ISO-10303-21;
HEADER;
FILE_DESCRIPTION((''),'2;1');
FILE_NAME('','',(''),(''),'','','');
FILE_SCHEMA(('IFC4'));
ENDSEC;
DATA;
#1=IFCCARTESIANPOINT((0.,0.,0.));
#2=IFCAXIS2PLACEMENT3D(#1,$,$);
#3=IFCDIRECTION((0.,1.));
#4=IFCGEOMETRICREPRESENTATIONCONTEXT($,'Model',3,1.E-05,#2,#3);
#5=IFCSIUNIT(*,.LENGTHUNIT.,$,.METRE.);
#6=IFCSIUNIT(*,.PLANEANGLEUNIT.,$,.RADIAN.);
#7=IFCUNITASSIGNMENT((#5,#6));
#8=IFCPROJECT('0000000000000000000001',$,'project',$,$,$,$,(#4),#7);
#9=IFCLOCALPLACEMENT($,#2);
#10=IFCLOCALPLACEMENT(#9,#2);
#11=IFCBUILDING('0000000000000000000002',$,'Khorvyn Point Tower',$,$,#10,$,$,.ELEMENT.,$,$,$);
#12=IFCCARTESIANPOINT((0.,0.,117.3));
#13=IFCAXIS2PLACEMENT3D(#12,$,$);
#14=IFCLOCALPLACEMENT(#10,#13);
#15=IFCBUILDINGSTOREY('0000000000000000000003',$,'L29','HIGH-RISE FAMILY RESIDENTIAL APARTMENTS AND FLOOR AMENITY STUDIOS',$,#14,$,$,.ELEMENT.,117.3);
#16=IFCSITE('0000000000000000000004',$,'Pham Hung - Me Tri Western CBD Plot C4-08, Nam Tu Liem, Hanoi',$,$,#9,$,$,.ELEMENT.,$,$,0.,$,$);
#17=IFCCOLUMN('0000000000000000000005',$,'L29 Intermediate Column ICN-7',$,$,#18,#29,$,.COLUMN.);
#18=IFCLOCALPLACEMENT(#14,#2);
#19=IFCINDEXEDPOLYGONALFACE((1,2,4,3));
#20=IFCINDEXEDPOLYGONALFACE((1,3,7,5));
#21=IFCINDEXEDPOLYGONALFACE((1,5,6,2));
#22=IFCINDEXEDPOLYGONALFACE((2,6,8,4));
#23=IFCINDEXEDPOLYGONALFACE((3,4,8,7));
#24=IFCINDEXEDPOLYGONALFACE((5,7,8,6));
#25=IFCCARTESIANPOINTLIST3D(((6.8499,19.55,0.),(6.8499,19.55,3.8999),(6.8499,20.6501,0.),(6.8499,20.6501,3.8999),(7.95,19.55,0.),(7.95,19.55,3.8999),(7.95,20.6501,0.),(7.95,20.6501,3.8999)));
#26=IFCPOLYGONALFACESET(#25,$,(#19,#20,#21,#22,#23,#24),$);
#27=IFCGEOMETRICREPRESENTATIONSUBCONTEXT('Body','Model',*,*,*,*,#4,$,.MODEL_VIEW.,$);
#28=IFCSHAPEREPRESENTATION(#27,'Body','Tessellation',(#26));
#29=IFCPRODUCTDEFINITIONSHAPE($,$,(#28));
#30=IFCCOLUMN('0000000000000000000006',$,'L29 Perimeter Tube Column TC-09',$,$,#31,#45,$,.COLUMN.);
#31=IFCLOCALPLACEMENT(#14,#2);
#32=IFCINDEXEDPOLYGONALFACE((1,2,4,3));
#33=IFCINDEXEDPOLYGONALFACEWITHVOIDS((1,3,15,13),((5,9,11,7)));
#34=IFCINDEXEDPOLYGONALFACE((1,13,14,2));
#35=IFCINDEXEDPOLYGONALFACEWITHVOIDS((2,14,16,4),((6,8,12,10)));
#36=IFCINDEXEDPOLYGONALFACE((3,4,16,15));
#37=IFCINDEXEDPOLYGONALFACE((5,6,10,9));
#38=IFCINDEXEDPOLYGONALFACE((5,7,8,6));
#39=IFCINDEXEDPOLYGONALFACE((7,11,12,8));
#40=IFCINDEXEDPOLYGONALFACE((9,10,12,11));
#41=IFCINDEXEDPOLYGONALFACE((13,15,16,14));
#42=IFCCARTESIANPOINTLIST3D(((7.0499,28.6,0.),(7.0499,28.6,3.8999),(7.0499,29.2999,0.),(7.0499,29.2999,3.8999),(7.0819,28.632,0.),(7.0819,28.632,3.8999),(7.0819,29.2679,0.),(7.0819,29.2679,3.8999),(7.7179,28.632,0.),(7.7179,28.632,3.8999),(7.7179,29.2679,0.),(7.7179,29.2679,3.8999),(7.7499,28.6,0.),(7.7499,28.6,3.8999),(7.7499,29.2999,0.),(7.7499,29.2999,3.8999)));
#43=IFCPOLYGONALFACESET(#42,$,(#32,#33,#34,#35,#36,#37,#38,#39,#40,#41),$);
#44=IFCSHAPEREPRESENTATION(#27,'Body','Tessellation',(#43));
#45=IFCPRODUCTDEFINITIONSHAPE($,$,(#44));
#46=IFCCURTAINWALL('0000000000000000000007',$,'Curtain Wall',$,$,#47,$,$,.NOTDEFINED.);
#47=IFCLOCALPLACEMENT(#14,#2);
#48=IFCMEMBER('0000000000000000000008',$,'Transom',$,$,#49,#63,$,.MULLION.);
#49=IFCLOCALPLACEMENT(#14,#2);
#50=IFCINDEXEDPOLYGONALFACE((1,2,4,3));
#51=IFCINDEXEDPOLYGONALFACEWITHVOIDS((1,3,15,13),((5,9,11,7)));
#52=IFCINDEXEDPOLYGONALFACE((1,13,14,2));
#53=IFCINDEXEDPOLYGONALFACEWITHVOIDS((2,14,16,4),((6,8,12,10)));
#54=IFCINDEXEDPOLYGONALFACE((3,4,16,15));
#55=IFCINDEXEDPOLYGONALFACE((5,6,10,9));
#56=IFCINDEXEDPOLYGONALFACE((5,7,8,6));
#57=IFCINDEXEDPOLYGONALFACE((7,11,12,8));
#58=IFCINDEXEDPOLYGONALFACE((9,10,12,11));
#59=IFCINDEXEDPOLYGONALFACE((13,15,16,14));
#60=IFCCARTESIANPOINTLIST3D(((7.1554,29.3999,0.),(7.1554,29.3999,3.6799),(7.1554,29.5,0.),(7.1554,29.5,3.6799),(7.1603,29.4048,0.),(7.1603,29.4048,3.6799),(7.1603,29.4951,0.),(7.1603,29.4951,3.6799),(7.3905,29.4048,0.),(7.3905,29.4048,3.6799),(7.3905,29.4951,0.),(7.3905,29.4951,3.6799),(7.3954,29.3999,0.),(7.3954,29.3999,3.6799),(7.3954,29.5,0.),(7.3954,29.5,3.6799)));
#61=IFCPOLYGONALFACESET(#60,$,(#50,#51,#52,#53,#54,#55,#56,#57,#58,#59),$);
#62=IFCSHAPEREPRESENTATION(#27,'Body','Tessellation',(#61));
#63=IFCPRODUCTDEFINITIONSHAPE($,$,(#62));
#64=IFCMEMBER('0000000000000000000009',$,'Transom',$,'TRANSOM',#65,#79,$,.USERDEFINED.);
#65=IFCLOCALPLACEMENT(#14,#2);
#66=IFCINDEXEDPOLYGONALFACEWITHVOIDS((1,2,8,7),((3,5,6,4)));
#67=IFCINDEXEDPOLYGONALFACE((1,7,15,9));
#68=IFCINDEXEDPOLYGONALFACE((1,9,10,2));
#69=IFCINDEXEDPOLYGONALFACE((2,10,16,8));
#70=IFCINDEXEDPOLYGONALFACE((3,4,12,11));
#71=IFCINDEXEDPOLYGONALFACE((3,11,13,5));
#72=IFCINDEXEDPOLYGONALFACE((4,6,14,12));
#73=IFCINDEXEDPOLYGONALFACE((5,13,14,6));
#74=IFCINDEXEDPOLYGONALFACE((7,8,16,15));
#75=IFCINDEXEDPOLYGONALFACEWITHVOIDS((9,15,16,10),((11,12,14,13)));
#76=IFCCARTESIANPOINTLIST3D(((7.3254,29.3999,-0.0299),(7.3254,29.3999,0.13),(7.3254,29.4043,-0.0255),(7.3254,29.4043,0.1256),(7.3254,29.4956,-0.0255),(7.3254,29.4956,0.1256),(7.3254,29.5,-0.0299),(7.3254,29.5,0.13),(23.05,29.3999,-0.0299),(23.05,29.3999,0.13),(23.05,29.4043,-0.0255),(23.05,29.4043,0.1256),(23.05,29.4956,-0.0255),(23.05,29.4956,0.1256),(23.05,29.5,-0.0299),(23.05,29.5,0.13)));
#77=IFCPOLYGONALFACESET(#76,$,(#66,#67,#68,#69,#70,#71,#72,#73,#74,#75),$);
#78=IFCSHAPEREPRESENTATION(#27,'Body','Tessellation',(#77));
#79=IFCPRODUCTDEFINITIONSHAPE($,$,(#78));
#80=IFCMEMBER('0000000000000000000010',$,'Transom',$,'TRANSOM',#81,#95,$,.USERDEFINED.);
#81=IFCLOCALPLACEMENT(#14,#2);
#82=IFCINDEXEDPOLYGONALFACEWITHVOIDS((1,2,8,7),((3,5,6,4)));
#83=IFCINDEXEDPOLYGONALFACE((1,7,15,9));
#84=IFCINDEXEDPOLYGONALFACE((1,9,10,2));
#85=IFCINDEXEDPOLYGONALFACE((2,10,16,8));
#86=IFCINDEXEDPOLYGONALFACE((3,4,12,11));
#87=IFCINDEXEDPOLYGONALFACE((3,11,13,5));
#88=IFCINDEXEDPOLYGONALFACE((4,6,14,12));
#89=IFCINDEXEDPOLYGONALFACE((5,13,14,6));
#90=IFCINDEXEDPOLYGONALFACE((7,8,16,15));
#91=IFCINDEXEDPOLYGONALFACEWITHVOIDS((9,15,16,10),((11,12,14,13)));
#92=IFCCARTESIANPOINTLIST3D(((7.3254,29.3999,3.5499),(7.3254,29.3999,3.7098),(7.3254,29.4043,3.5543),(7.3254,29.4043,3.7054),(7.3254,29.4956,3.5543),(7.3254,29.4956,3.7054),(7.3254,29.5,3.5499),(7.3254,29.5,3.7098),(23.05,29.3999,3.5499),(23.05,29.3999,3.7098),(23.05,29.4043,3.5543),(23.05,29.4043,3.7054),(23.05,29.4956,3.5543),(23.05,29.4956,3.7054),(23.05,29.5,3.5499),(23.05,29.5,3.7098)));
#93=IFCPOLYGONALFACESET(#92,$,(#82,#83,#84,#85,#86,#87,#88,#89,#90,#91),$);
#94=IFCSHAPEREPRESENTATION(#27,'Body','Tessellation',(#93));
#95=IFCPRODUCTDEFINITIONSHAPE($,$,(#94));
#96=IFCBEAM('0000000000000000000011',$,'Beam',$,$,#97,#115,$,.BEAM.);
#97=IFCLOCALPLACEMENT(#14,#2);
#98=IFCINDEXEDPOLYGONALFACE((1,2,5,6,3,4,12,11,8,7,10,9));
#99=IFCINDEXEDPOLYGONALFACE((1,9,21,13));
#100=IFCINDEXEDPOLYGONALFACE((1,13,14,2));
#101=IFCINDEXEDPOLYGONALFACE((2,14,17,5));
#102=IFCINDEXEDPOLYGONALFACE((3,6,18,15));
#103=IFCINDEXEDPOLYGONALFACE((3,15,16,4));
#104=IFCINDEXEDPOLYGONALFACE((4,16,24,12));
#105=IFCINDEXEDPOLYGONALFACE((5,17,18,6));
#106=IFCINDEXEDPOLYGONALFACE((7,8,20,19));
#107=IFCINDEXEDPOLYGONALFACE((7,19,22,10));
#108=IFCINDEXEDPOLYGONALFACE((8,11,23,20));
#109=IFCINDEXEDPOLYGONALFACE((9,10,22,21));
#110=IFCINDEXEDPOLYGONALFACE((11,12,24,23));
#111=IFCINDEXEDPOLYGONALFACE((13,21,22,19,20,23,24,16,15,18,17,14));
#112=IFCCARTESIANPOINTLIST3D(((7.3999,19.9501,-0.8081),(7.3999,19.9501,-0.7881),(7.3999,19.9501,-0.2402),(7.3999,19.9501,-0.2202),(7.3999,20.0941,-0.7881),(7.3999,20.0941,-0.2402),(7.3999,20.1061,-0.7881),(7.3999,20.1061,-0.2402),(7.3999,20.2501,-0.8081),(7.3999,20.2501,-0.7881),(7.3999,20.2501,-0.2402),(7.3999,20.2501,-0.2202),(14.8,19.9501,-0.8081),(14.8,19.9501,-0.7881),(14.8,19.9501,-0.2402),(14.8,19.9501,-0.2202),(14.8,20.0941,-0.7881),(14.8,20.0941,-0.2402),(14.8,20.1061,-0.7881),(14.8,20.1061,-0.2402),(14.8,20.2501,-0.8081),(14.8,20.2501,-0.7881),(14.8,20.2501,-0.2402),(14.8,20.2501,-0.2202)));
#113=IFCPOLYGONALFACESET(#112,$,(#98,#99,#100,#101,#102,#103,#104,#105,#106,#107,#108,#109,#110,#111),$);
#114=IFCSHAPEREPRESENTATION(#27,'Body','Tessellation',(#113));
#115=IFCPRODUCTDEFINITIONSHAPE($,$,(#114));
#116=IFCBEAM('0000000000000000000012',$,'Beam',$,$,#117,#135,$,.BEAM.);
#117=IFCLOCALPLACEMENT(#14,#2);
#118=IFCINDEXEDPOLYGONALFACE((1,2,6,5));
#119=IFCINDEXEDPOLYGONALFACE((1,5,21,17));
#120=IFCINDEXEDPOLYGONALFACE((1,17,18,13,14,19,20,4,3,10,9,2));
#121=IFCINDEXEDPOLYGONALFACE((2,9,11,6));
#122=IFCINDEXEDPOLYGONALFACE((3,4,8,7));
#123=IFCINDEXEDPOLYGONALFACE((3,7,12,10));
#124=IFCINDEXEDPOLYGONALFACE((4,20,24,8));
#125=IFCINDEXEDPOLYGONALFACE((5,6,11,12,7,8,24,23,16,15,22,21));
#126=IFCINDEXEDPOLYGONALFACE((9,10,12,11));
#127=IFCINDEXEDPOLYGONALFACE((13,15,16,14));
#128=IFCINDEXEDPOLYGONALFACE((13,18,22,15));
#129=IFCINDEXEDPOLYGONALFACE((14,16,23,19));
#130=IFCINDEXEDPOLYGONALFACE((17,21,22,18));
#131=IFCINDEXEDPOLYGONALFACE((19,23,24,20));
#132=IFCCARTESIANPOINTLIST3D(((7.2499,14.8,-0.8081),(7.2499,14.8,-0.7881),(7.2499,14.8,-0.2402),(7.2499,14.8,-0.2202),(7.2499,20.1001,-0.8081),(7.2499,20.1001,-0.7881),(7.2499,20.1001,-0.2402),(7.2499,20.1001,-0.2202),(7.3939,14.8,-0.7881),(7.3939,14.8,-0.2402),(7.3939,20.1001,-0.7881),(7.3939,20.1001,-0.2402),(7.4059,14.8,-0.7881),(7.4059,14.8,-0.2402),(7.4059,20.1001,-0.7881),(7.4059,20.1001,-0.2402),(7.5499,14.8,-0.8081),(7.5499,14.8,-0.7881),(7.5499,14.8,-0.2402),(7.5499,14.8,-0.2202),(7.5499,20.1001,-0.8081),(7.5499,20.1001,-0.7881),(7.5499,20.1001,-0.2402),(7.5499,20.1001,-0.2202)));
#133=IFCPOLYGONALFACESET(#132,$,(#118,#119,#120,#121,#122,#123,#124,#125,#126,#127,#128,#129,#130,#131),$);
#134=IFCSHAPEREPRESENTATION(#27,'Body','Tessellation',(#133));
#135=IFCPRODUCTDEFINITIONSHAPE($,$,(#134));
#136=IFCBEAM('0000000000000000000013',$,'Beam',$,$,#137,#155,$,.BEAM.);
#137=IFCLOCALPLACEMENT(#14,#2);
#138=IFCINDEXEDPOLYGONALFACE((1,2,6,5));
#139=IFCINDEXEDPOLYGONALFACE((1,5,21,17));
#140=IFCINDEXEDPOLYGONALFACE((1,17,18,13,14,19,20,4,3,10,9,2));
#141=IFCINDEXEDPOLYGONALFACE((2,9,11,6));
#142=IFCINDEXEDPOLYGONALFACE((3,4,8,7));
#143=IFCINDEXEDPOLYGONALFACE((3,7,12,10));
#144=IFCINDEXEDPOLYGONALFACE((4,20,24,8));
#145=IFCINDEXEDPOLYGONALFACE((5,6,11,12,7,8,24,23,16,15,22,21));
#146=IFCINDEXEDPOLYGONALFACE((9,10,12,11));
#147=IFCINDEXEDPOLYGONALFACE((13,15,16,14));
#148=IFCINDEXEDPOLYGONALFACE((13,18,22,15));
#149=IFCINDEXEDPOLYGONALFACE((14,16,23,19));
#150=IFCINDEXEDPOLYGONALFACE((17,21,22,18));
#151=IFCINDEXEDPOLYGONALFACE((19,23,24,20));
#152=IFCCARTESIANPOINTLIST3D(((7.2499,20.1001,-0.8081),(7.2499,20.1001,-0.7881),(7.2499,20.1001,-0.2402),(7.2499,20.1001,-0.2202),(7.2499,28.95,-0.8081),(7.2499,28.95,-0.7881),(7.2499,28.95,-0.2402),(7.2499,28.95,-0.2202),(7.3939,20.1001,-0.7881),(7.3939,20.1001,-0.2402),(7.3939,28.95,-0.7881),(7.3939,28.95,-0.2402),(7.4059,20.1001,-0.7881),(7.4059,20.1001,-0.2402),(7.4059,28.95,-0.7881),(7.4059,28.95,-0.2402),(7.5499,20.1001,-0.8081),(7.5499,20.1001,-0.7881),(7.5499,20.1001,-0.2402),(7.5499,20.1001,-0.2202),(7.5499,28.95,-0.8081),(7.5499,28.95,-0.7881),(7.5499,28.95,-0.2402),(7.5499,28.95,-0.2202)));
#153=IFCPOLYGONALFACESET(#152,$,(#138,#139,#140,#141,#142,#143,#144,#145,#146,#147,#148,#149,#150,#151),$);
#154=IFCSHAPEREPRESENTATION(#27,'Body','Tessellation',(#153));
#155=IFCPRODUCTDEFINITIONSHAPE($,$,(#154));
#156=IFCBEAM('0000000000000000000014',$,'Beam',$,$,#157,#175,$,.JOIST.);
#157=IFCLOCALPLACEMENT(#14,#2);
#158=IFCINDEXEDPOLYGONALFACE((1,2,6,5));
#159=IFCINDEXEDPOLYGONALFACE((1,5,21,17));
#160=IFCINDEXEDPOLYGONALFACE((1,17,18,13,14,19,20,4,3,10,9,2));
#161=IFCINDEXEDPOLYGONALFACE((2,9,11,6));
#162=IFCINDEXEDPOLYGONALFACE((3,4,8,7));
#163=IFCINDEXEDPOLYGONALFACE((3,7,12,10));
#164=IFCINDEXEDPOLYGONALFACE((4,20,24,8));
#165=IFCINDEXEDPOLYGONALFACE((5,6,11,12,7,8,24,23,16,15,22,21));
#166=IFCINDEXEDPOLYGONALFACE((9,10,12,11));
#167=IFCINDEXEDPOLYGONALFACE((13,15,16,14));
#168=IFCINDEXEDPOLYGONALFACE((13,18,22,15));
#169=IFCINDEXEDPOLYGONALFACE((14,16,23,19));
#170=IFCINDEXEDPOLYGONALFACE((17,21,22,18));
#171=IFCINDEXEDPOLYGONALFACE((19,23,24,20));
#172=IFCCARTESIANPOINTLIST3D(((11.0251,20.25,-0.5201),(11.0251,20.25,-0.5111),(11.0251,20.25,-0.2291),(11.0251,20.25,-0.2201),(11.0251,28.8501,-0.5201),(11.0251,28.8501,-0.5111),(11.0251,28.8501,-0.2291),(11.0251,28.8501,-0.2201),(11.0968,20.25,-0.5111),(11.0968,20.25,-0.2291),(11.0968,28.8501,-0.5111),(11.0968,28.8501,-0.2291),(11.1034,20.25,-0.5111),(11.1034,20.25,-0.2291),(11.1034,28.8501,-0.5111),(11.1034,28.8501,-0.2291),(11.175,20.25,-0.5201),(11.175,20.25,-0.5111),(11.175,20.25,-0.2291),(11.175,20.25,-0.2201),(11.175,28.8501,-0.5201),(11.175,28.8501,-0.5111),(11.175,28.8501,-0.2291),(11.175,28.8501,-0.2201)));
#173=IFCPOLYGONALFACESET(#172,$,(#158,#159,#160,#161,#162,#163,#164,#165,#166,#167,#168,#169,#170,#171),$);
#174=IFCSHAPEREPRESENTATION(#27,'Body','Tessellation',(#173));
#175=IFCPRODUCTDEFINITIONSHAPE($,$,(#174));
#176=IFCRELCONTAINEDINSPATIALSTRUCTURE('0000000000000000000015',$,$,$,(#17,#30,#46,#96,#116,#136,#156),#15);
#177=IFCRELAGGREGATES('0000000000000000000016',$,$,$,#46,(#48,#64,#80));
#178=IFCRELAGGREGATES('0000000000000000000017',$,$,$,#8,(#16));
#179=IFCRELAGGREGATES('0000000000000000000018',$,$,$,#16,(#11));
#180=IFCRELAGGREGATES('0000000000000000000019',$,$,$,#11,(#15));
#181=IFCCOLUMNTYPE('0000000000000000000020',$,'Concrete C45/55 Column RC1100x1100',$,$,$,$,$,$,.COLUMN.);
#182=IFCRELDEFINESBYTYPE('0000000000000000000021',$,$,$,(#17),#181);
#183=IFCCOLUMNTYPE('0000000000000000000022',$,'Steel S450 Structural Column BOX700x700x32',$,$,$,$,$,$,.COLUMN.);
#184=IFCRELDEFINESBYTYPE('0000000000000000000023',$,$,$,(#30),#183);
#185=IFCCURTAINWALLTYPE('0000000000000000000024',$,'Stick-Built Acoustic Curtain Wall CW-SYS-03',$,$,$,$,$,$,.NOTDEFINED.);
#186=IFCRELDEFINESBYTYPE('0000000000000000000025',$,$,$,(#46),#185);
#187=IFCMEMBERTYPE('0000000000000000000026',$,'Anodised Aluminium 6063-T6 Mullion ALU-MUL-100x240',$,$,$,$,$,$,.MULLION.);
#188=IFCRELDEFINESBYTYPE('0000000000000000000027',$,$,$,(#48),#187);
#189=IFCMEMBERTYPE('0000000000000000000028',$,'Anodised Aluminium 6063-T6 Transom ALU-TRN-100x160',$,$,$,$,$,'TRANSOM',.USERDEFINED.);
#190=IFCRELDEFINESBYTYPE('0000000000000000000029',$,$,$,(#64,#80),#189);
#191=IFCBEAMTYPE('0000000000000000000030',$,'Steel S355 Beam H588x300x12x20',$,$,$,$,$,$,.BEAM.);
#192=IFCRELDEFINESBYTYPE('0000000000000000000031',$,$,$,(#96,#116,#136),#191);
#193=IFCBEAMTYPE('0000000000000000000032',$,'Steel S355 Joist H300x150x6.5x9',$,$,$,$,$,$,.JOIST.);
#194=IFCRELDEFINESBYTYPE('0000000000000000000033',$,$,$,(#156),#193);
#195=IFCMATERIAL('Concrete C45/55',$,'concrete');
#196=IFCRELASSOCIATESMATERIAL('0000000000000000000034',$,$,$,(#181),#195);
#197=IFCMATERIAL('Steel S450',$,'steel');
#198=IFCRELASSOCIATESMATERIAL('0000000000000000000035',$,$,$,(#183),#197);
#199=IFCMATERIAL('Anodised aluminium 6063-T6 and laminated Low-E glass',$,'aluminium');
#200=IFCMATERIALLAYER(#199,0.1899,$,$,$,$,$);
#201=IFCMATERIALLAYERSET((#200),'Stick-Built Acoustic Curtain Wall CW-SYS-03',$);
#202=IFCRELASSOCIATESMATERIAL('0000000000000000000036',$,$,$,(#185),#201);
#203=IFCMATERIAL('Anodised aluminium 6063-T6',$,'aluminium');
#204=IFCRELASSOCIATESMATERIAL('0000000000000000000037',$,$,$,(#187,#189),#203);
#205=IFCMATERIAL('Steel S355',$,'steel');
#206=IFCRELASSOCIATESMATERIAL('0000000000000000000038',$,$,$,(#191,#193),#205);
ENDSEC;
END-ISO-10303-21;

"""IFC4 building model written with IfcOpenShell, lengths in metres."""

from ifc_helpers import new_model, si_unit, direction, frame, origin, origin_2d, place, context, subcontext, project, spatial, rectangle, hollow_rectangle, i_section, extrude, material, layer, layer_set, material_profile, profile_set, type_object, element, aggregate, save


model = new_model("IFC4")

# Units and contexts
model_context = context("Model", 3, precision=1e-05, world=origin(), true_north=direction((0.0, 1.0)))
body_context = subcontext(model_context, "Body", "Model", "MODEL_VIEW")
ifc_project = project(units=[si_unit("LENGTHUNIT", "METRE"), si_unit("PLANEANGLEUNIT", "RADIAN")], contexts=[model_context])

# Site, building, storey
site_placement = place(None, origin())
site = spatial("IfcSite", under=ifc_project, at=site_placement, Name="Pham Hung - Me Tri Western CBD Plot C4-08, Nam Tu Liem, Hanoi", CompositionType="ELEMENT", RefElevation=0.0)
building_placement = place(site_placement, origin())
building = spatial("IfcBuilding", under=site, at=building_placement, Name="Khorvyn Point Tower", CompositionType="ELEMENT")
storey_placement = place(building_placement, frame((0.0, 0.0, 117.3)))
storey = spatial("IfcBuildingStorey", under=building, at=storey_placement, Name="L29", Description="HIGH-RISE FAMILY RESIDENTIAL APARTMENTS AND FLOOR AMENITY STUDIOS", CompositionType="ELEMENT", Elevation=117.3)

# Columns
ifc_material_1 = material(Name="Concrete C45/55", Category="concrete")
ifc_material_profile_1 = material_profile(ifc_material_1, rectangle(XDim=1.1001, YDim=1.1001, at=origin_2d()))
ifc_profile_set_1 = profile_set([ifc_material_profile_1], Name="Concrete C45/55 RC1100x1100")
column_type_1 = type_object("IfcColumnType", Name="Concrete C45/55 Column RC1100x1100", PredefinedType="COLUMN", material=ifc_profile_set_1)
column_1_placement = place(storey_placement, frame((7.3999, 20.1001, 0.0), z_axis=(0.0, 0.0, 1.0), x_axis=(1.0, 0.0, 0.0)))
element("IfcColumn", 1, at=column_1_placement, inside=storey, type_object=column_type_1, Name="L29 Intermediate Column ICN-7", PredefinedType="COLUMN", context=body_context, shape_type="SweptSolid", body=[
    extrude(rectangle(XDim=1.1001, YDim=1.1001, at=origin_2d()), origin(), (0.0, 0.0, 1.0), 3.8999),
])
ifc_material_2 = material(Name="Steel S450", Category="steel")
ifc_material_profile_2 = material_profile(ifc_material_2, hollow_rectangle(XDim=0.7, YDim=0.7, WallThickness=0.032, at=origin_2d()))
ifc_profile_set_2 = profile_set([ifc_material_profile_2], Name="Steel S450 BOX700x700x32")
column_type_2 = type_object("IfcColumnType", Name="Steel S450 Structural Column BOX700x700x32", PredefinedType="COLUMN", material=ifc_profile_set_2)
column_2_placement = place(storey_placement, frame((7.3999, 28.95, 0.0), z_axis=(0.0, 0.0, 1.0), x_axis=(1.0, 0.0, 0.0)))
element("IfcColumn", 2, at=column_2_placement, inside=storey, type_object=column_type_2, Name="L29 Perimeter Tube Column TC-09", PredefinedType="COLUMN", context=body_context, shape_type="SweptSolid", body=[
    extrude(hollow_rectangle(XDim=0.7, YDim=0.7, WallThickness=0.032, at=origin_2d()), origin(), (0.0, 0.0, 1.0), 3.8999),
])

# Curtain wall, members
ifc_material_3 = material(Name="Anodised aluminium 6063-T6 and laminated Low-E glass", Category="aluminium")
ifc_layer_1 = layer(ifc_material_3, 0.1899)
ifc_layer_set_1 = layer_set([ifc_layer_1], Name="Stick-Built Acoustic Curtain Wall CW-SYS-03")
curtain_wall_type = type_object("IfcCurtainWallType", Name="Stick-Built Acoustic Curtain Wall CW-SYS-03", PredefinedType="NOTDEFINED", material=ifc_layer_set_1)
curtain_wall_placement = place(storey_placement, origin())
curtain_wall = element("IfcCurtainWall", 3, at=curtain_wall_placement, inside=storey, type_object=curtain_wall_type, Name="Curtain Wall", PredefinedType="NOTDEFINED")
ifc_material_4 = material(Name="Anodised aluminium 6063-T6", Category="aluminium")
ifc_material_profile_3 = material_profile(ifc_material_4, hollow_rectangle(XDim=0.1001, YDim=0.24, WallThickness=0.0049, at=origin_2d()))
ifc_profile_set_3 = profile_set([ifc_material_profile_3], Name="Anodised aluminium 6063-T6 ALU-MUL-100x240")
member_type_1 = type_object("IfcMemberType", Name="Anodised Aluminium 6063-T6 Mullion ALU-MUL-100x240", PredefinedType="MULLION", material=ifc_profile_set_3)
member_1_placement = place(storey_placement, frame((7.2754, 29.45, 0.0), z_axis=(0.0, 0.0, 1.0), x_axis=(0.0, 1.0, 0.0)))
member_1 = element("IfcMember", 4, at=member_1_placement, type_object=member_type_1, Name="Transom", PredefinedType="MULLION", context=body_context, shape_type="SweptSolid", body=[
    extrude(hollow_rectangle(XDim=0.1001, YDim=0.24, WallThickness=0.0049, at=origin_2d()), origin(), (0.0, 0.0, 1.0), 3.6799),
])
ifc_material_profile_4 = material_profile(ifc_material_4, hollow_rectangle(XDim=0.1001, YDim=0.1599, WallThickness=0.0044, at=origin_2d()))
ifc_profile_set_4 = profile_set([ifc_material_profile_4], Name="Anodised aluminium 6063-T6 ALU-TRN-100x160")
member_type_2 = type_object("IfcMemberType", Name="Anodised Aluminium 6063-T6 Transom ALU-TRN-100x160", ElementType="TRANSOM", PredefinedType="USERDEFINED", material=ifc_profile_set_4)
member_2_placement = place(storey_placement, frame((7.3254, 29.45, 0.05), z_axis=(1.0, 0.0, 0.0), x_axis=(0.0, 1.0, 0.0)))
member_2 = element("IfcMember", 5, at=member_2_placement, type_object=member_type_2, Name="Transom", ObjectType="TRANSOM", PredefinedType="USERDEFINED", context=body_context, shape_type="SweptSolid", body=[
    extrude(hollow_rectangle(XDim=0.1001, YDim=0.1599, WallThickness=0.0044, at=origin_2d()), origin(), (0.0, 0.0, 1.0), 15.7246),
])
member_3_placement = place(storey_placement, frame((7.3254, 29.45, 3.6299), z_axis=(1.0, 0.0, 0.0), x_axis=(0.0, 1.0, 0.0)))
member_3 = element("IfcMember", 6, at=member_3_placement, type_object=member_type_2, Name="Transom", ObjectType="TRANSOM", PredefinedType="USERDEFINED", context=body_context, shape_type="SweptSolid", body=[
    extrude(hollow_rectangle(XDim=0.1001, YDim=0.1599, WallThickness=0.0044, at=origin_2d()), origin(), (0.0, 0.0, 1.0), 15.7246),
])

# Beams
ifc_material_5 = material(Name="Steel S355", Category="steel")
ifc_material_profile_5 = material_profile(ifc_material_5, i_section(OverallWidth=0.3, OverallDepth=0.5879, WebThickness=0.012, FlangeThickness=0.02, at=origin_2d()))
ifc_profile_set_5 = profile_set([ifc_material_profile_5], Name="Steel S355 H588x300x12x20")
beam_type_1 = type_object("IfcBeamType", Name="Steel S355 Beam H588x300x12x20", PredefinedType="BEAM", material=ifc_profile_set_5)
beam_1_placement = place(storey_placement, frame((7.3999, 20.1001, -0.5142), z_axis=(1.0, 0.0, 0.0), x_axis=(0.0, 1.0, 0.0)))
element("IfcBeam", 7, at=beam_1_placement, inside=storey, type_object=beam_type_1, Name="Beam", PredefinedType="BEAM", context=body_context, shape_type="SweptSolid", body=[
    extrude(i_section(OverallWidth=0.3, OverallDepth=0.5879, WebThickness=0.012, FlangeThickness=0.02, at=origin_2d()), origin(), (0.0, 0.0, 1.0), 7.4001),
])
beam_2_placement = place(storey_placement, frame((7.3999, 14.8, -0.5142), z_axis=(0.0, 1.0, 0.0), x_axis=(-1.0, 0.0, 0.0)))
element("IfcBeam", 8, at=beam_2_placement, inside=storey, type_object=beam_type_1, Name="Beam", PredefinedType="BEAM", context=body_context, shape_type="SweptSolid", body=[
    extrude(i_section(OverallWidth=0.3, OverallDepth=0.5879, WebThickness=0.012, FlangeThickness=0.02, at=origin_2d()), origin(), (0.0, 0.0, 1.0), 5.3),
])
beam_3_placement = place(storey_placement, frame((7.3999, 20.1001, -0.5142), z_axis=(0.0, 1.0, 0.0), x_axis=(-1.0, 0.0, 0.0)))
element("IfcBeam", 9, at=beam_3_placement, inside=storey, type_object=beam_type_1, Name="Beam", PredefinedType="BEAM", context=body_context, shape_type="SweptSolid", body=[
    extrude(i_section(OverallWidth=0.3, OverallDepth=0.5879, WebThickness=0.012, FlangeThickness=0.02, at=origin_2d()), origin(), (0.0, 0.0, 1.0), 8.8499),
])
ifc_material_profile_6 = material_profile(ifc_material_5, i_section(OverallWidth=0.1499, OverallDepth=0.3, WebThickness=0.0066, FlangeThickness=0.009, at=origin_2d()))
ifc_profile_set_6 = profile_set([ifc_material_profile_6], Name="Steel S355 H300x150x6.5x9")
beam_type_2 = type_object("IfcBeamType", Name="Steel S355 Joist H300x150x6.5x9", PredefinedType="JOIST", material=ifc_profile_set_6)
beam_4_placement = place(storey_placement, frame((11.1001, 20.25, -0.3701), z_axis=(0.0, 1.0, 0.0), x_axis=(-1.0, 0.0, 0.0)))
element("IfcBeam", 10, at=beam_4_placement, inside=storey, type_object=beam_type_2, Name="Beam", PredefinedType="JOIST", context=body_context, shape_type="SweptSolid", body=[
    extrude(i_section(OverallWidth=0.1499, OverallDepth=0.3, WebThickness=0.0066, FlangeThickness=0.009, at=origin_2d()), origin(), (0.0, 0.0, 1.0), 8.6001),
])

aggregate(curtain_wall, [member_1, member_2, member_3])

save(model, "model.ifc")
